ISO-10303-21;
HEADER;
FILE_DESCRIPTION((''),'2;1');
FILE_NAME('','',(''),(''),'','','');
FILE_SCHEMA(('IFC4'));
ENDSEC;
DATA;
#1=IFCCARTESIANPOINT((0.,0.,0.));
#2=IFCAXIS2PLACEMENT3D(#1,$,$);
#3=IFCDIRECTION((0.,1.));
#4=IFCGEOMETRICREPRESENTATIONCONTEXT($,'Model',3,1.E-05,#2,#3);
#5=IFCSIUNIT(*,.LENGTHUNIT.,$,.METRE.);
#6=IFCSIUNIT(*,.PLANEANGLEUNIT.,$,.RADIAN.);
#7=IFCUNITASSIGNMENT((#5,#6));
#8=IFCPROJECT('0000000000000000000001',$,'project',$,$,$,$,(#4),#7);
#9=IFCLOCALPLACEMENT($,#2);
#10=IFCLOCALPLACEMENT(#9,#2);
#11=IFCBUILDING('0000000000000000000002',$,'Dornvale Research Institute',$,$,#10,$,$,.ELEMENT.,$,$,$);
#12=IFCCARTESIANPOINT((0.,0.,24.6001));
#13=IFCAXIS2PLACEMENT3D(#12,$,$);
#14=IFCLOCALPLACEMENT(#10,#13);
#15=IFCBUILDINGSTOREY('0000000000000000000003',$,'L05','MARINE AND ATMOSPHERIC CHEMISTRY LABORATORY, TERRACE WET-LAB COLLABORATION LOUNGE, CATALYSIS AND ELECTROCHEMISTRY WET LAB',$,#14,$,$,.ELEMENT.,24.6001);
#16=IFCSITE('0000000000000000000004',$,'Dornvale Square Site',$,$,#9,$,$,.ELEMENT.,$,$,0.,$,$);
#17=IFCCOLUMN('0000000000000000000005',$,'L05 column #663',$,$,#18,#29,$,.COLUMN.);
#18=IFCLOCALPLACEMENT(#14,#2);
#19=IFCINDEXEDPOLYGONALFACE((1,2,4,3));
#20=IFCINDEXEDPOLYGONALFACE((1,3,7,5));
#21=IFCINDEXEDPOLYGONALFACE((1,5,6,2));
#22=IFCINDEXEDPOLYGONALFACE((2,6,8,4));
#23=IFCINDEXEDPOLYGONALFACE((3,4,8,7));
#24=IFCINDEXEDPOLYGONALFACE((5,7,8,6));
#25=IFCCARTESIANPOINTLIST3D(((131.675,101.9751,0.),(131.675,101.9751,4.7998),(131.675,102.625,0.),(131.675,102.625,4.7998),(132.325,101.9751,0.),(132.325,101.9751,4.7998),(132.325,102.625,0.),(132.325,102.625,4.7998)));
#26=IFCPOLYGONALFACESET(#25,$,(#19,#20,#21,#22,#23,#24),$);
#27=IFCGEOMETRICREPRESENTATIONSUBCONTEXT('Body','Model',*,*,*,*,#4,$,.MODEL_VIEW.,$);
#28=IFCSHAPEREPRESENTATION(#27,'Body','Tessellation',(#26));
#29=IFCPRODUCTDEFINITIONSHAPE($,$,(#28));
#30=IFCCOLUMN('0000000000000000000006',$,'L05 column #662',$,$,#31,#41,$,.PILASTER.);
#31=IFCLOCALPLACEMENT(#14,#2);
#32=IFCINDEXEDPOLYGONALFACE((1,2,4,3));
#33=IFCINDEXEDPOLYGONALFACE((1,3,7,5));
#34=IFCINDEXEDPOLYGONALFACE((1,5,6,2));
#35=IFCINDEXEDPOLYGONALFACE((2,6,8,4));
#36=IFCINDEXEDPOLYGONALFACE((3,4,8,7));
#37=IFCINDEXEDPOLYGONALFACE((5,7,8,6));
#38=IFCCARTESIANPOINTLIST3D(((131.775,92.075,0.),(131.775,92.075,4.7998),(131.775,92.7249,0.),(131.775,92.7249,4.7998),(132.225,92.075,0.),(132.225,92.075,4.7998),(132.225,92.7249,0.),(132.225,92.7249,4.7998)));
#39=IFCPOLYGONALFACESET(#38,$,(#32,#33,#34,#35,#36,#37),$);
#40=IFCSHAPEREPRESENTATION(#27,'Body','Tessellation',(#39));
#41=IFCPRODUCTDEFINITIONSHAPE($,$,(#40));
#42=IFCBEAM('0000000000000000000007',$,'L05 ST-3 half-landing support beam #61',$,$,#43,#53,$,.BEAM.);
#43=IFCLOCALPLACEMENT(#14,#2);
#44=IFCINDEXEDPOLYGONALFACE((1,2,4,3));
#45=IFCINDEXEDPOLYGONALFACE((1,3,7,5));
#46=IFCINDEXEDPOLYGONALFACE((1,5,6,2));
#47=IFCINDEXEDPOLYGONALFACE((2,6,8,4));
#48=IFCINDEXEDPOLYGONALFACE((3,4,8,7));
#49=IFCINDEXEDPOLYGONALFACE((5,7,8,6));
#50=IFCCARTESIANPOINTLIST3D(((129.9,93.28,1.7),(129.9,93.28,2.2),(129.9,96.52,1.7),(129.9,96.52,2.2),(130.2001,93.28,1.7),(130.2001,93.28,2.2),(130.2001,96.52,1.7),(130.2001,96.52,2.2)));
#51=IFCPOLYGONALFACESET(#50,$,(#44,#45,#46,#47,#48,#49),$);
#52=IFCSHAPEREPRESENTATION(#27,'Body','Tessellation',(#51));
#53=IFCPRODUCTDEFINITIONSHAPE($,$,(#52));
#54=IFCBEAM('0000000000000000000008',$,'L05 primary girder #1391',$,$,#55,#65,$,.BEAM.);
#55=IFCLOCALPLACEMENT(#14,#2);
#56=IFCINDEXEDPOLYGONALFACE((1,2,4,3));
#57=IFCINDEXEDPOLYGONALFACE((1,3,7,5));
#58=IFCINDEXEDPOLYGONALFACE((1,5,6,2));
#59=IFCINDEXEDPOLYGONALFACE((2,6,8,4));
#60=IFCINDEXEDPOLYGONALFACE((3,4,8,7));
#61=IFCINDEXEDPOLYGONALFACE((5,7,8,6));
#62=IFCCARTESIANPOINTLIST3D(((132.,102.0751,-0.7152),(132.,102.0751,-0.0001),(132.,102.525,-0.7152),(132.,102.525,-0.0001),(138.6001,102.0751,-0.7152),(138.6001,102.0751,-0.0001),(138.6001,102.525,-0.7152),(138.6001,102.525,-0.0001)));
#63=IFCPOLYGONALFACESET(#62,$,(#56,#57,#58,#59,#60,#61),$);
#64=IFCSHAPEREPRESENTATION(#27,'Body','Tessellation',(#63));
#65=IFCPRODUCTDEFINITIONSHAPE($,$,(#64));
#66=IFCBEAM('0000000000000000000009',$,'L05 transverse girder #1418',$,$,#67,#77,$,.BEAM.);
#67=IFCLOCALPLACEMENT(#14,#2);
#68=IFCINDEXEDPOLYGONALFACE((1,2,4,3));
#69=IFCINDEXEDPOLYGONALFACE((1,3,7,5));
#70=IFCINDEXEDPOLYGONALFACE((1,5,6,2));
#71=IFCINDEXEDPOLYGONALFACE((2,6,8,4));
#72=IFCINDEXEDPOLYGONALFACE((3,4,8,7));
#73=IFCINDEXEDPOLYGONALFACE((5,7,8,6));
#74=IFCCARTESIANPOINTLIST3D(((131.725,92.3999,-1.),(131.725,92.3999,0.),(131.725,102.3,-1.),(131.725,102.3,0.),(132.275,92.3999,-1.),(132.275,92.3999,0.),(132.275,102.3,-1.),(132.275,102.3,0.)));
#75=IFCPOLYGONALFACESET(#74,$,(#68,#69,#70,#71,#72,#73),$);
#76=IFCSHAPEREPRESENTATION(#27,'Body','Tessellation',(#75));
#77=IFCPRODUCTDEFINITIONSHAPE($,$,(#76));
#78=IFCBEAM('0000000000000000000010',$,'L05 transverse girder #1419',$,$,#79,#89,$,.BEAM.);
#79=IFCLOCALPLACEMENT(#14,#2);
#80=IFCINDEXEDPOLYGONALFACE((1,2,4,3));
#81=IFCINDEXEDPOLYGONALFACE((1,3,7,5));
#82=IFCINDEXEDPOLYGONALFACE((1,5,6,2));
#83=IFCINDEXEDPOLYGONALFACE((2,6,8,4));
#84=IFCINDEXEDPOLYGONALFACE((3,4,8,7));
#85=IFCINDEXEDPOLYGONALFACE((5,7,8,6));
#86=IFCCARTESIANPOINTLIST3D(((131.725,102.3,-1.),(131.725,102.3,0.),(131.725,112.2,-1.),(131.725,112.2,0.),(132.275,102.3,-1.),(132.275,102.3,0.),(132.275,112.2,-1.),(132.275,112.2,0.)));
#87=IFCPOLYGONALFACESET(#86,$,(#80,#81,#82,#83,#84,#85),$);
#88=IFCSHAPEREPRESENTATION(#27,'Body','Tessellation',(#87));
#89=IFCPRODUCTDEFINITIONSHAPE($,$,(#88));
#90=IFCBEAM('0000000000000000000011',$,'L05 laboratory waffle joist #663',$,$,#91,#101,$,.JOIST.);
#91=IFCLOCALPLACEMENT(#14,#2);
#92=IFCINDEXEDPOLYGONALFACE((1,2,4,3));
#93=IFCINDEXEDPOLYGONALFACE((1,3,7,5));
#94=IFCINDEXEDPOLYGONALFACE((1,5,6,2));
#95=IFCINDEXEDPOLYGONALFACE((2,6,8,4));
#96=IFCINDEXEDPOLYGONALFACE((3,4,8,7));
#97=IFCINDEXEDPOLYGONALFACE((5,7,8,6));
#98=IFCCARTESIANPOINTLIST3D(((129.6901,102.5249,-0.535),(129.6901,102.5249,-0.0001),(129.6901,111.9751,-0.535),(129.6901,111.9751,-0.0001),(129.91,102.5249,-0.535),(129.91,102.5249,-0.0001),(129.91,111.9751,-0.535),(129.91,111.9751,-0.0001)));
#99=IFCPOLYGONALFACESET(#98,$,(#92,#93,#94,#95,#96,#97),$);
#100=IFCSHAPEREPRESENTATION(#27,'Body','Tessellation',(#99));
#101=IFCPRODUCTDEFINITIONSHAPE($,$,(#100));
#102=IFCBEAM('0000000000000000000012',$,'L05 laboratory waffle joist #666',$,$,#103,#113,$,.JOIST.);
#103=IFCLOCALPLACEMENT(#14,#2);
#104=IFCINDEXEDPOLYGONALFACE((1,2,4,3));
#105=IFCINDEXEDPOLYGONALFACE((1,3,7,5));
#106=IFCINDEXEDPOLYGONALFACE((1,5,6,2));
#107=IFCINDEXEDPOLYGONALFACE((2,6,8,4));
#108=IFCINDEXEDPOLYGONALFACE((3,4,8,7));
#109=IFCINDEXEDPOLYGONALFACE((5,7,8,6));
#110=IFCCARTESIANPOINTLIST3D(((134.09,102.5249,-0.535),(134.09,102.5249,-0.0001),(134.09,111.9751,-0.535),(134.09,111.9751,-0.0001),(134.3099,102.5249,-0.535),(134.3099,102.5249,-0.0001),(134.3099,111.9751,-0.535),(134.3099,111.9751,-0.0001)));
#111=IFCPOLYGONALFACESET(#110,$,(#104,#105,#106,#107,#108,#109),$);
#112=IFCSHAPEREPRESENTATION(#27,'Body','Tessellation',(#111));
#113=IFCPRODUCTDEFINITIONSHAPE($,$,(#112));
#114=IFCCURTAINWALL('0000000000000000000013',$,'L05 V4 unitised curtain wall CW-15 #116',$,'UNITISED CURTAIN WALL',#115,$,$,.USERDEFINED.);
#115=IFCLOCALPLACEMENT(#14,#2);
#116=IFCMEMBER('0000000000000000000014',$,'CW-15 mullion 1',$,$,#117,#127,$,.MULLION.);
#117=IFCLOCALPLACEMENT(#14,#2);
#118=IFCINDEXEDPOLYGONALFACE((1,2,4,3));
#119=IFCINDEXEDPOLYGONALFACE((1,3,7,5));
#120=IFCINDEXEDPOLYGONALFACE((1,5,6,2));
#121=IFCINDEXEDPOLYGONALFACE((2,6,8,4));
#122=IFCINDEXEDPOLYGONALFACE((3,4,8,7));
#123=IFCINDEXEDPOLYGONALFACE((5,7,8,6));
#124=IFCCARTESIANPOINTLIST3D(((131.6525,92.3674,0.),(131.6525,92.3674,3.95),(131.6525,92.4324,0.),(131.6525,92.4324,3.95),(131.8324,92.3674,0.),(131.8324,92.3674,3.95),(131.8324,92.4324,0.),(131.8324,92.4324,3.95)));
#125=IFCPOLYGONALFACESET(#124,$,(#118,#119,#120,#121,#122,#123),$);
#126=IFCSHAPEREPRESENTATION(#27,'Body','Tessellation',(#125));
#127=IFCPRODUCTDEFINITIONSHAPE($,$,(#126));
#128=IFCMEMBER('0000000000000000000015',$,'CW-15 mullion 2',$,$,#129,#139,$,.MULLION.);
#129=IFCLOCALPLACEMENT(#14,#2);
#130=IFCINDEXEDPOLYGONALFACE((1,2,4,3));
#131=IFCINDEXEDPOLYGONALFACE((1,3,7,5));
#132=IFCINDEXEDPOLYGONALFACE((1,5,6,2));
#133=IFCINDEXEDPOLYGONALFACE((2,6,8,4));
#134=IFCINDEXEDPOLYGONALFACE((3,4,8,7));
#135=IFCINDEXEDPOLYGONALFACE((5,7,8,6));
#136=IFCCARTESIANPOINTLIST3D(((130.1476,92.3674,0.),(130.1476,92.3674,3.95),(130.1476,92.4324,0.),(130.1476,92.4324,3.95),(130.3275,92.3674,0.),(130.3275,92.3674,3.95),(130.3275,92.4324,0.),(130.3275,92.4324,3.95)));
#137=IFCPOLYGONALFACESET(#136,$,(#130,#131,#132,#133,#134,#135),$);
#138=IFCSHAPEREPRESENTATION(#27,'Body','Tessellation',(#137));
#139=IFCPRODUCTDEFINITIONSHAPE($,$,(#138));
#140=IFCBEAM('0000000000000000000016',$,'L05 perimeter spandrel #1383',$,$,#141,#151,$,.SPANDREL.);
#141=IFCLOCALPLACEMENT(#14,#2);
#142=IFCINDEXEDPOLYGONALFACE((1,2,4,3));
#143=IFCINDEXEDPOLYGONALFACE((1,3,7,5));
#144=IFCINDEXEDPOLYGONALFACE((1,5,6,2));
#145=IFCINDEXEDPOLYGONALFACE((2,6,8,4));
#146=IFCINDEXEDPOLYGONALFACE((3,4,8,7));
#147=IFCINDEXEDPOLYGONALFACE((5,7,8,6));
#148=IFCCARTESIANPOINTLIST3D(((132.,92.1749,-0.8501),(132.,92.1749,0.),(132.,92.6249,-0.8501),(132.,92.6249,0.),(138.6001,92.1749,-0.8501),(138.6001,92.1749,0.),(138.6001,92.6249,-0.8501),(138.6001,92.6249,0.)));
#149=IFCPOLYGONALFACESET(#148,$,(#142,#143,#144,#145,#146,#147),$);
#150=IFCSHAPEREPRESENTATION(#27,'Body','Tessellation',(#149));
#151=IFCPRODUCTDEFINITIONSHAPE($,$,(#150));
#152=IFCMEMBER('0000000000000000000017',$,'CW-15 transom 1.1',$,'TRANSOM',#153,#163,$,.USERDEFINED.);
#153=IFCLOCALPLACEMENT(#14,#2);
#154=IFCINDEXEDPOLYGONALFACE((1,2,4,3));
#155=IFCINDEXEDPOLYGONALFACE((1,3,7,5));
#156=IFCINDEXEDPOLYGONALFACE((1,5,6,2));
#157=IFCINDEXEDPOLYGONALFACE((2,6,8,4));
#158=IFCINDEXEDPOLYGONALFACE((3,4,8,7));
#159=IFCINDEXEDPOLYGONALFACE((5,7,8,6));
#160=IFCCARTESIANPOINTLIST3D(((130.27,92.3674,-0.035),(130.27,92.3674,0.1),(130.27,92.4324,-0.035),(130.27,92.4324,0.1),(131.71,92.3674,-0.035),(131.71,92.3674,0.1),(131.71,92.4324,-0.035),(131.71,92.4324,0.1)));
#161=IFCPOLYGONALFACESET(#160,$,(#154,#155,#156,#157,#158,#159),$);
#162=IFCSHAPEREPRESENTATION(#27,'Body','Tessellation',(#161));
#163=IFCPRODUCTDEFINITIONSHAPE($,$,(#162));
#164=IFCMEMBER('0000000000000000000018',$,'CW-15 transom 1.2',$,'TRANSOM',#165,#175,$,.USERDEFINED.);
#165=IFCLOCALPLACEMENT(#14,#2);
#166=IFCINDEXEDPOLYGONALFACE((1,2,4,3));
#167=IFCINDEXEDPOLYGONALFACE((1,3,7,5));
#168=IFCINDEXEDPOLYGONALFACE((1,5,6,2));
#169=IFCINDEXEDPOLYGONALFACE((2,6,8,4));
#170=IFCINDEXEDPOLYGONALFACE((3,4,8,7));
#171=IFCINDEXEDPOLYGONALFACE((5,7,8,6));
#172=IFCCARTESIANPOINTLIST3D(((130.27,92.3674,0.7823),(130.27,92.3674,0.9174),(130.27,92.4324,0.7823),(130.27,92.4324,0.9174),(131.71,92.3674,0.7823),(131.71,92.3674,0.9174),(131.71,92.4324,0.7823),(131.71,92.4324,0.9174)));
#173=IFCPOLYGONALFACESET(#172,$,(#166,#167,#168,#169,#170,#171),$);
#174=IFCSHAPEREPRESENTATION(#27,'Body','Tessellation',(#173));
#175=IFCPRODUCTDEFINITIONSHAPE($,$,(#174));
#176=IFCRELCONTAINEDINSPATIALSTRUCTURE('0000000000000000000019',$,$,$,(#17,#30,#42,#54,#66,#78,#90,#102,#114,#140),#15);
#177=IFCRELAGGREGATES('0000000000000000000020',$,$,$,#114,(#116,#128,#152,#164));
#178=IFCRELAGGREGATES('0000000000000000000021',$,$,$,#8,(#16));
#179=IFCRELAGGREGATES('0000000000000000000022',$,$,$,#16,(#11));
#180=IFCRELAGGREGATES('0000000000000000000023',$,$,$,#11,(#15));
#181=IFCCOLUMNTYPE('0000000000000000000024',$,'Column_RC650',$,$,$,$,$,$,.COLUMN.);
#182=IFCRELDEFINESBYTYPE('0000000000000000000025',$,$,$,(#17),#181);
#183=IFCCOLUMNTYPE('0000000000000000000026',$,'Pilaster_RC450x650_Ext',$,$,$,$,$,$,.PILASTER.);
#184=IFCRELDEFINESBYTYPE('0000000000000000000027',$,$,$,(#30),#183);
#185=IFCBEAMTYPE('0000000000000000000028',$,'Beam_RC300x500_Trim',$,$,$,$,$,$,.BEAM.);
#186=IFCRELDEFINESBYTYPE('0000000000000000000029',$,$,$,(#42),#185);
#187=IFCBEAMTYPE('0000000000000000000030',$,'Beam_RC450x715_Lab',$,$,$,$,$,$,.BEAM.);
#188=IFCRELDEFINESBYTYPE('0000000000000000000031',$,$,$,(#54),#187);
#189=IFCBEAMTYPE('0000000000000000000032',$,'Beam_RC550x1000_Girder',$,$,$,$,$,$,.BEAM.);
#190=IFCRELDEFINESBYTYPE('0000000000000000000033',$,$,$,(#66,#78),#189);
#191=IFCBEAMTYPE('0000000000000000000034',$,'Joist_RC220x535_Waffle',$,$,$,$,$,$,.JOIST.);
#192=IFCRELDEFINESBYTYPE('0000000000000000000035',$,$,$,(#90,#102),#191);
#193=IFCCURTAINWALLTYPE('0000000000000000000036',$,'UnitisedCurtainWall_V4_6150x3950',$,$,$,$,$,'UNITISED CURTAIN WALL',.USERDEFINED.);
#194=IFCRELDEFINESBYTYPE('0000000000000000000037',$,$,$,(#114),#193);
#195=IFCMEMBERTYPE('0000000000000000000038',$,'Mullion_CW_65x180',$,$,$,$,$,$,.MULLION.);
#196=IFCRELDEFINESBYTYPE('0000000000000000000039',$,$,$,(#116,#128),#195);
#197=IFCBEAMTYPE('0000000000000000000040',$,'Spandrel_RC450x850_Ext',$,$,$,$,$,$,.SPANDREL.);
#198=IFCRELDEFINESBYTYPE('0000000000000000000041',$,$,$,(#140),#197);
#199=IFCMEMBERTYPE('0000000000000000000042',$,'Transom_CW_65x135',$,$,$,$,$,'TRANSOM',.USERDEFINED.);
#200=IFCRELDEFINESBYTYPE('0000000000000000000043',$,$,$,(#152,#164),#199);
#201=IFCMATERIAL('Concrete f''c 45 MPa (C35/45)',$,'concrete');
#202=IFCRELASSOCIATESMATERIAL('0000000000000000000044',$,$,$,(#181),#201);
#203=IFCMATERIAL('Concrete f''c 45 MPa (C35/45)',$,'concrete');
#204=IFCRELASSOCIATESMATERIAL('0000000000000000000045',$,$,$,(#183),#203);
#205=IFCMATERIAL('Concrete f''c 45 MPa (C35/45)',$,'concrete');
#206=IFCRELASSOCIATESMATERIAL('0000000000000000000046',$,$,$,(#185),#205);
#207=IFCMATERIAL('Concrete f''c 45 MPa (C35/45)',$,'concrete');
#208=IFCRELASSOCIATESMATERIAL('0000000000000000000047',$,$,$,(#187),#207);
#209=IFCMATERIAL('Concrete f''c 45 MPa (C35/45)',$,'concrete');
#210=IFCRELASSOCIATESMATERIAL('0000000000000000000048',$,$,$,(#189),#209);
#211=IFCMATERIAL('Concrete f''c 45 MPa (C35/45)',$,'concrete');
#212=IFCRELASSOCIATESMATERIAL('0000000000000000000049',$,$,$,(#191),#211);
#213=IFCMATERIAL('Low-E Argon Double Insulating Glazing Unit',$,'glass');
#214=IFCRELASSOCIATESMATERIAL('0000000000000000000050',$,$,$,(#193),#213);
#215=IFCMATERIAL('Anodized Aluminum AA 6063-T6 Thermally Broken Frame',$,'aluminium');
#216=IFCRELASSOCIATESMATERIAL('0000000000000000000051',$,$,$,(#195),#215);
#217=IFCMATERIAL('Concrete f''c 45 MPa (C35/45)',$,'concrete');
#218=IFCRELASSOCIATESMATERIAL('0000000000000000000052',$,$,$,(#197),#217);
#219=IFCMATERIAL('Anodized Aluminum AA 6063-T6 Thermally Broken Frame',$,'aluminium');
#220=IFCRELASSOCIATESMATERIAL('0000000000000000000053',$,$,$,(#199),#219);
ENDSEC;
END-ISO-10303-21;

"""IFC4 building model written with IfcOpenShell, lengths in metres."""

from ifc_helpers import new_model, si_unit, direction, frame, origin, origin_2d, place, context, subcontext, project, spatial, rectangle, extrude, material, material_profile, profile_set, type_object, element, aggregate, save


model = new_model("IFC4")

# Units and contexts
model_context = context("Model", 3, precision=1e-05, world=origin(), true_north=direction((0.0, 1.0)))
body_context = subcontext(model_context, "Body", "Model", "MODEL_VIEW")
ifc_project = project(units=[si_unit("LENGTHUNIT", "METRE"), si_unit("PLANEANGLEUNIT", "RADIAN")], contexts=[model_context])

# Site, building, storey
site_placement = place(None, origin())
site = spatial("IfcSite", under=ifc_project, at=site_placement, Name="Dornvale Square Site", CompositionType="ELEMENT", RefElevation=0.0)
building_placement = place(site_placement, origin())
building = spatial("IfcBuilding", under=site, at=building_placement, Name="Dornvale Research Institute", CompositionType="ELEMENT")
storey_placement = place(building_placement, frame((0.0, 0.0, 24.6001)))
storey = spatial("IfcBuildingStorey", under=building, at=storey_placement, Name="L05", Description="MARINE AND ATMOSPHERIC CHEMISTRY LABORATORY, TERRACE WET-LAB COLLABORATION LOUNGE, CATALYSIS AND ELECTROCHEMISTRY WET LAB", CompositionType="ELEMENT", Elevation=24.6001)

# Columns
ifc_material_1 = material(Name="Concrete f'c 45 MPa (C35/45)", Category="concrete")
ifc_material_profile_1 = material_profile(ifc_material_1, rectangle(XDim=0.6499, YDim=0.6499, at=origin_2d()), Name="RC 650x650")
ifc_profile_set_1 = profile_set([ifc_material_profile_1], Name="Concrete f'c 45 MPa (C35/45)")
column_type_1 = type_object("IfcColumnType", Name="Column_RC650", PredefinedType="COLUMN", material=ifc_profile_set_1)
column_1_placement = place(storey_placement, frame((132.0, 102.3, 0.0), z_axis=(0.0, 0.0, 1.0), x_axis=(1.0, 0.0, 0.0)))
element("IfcColumn", 1, at=column_1_placement, inside=storey, type_object=column_type_1, Name="L05 column #663", PredefinedType="COLUMN", context=body_context, shape_type="SweptSolid", body=[
    extrude(rectangle(XDim=0.6499, YDim=0.6499, at=origin_2d()), origin(), (0.0, 0.0, 1.0), 4.7998),
])
ifc_material_2 = material(Name="Concrete f'c 45 MPa (C35/45)", Category="concrete")
ifc_material_profile_2 = material_profile(ifc_material_2, rectangle(XDim=0.45, YDim=0.6499, at=origin_2d()), Name="RC 450x650")
ifc_profile_set_2 = profile_set([ifc_material_profile_2], Name="Concrete f'c 45 MPa (C35/45)")
column_type_2 = type_object("IfcColumnType", Name="Pilaster_RC450x650_Ext", PredefinedType="PILASTER", material=ifc_profile_set_2)
column_2_placement = place(storey_placement, frame((132.0, 92.3999, 0.0), z_axis=(0.0, 0.0, 1.0), x_axis=(1.0, 0.0, 0.0)))
element("IfcColumn", 2, at=column_2_placement, inside=storey, type_object=column_type_2, Name="L05 column #662", PredefinedType="PILASTER", context=body_context, shape_type="SweptSolid", body=[
    extrude(rectangle(XDim=0.45, YDim=0.6499, at=origin_2d()), origin(), (0.0, 0.0, 1.0), 4.7998),
])

# Beams
ifc_material_3 = material(Name="Concrete f'c 45 MPa (C35/45)", Category="concrete")
ifc_material_profile_3 = material_profile(ifc_material_3, rectangle(XDim=0.3, YDim=0.5, at=origin_2d()), Name="RC 300x500")
ifc_profile_set_3 = profile_set([ifc_material_profile_3], Name="Concrete f'c 45 MPa (C35/45)")
beam_type_1 = type_object("IfcBeamType", Name="Beam_RC300x500_Trim", PredefinedType="BEAM", material=ifc_profile_set_3)
beam_1_placement = place(storey_placement, frame((130.05, 93.28, 1.95), z_axis=(0.0, 1.0, 0.0), x_axis=(-1.0, 0.0, 0.0)))
element("IfcBeam", 3, at=beam_1_placement, inside=storey, type_object=beam_type_1, Name="L05 ST-3 half-landing support beam #61", PredefinedType="BEAM", context=body_context, shape_type="SweptSolid", body=[
    extrude(rectangle(XDim=0.3, YDim=0.5, at=origin_2d()), origin(), (0.0, 0.0, 1.0), 3.24),
])
ifc_material_4 = material(Name="Concrete f'c 45 MPa (C35/45)", Category="concrete")
ifc_material_profile_4 = material_profile(ifc_material_4, rectangle(XDim=0.45, YDim=0.7151, at=origin_2d()), Name="RC 450x715")
ifc_profile_set_4 = profile_set([ifc_material_profile_4], Name="Concrete f'c 45 MPa (C35/45)")
beam_type_2 = type_object("IfcBeamType", Name="Beam_RC450x715_Lab", PredefinedType="BEAM", material=ifc_profile_set_4)
beam_2_placement = place(storey_placement, frame((132.0, 102.3, -0.3577), z_axis=(1.0, 0.0, 0.0), x_axis=(0.0, 1.0, 0.0)))
element("IfcBeam", 4, at=beam_2_placement, inside=storey, type_object=beam_type_2, Name="L05 primary girder #1391", PredefinedType="BEAM", context=body_context, shape_type="SweptSolid", body=[
    extrude(rectangle(XDim=0.45, YDim=0.7151, at=origin_2d()), origin(), (0.0, 0.0, 1.0), 6.6001),
])
ifc_material_5 = material(Name="Concrete f'c 45 MPa (C35/45)", Category="concrete")
ifc_material_profile_5 = material_profile(ifc_material_5, rectangle(XDim=0.55, YDim=1.0, at=origin_2d()), Name="RC 550x1000")
ifc_profile_set_5 = profile_set([ifc_material_profile_5], Name="Concrete f'c 45 MPa (C35/45)")
beam_type_3 = type_object("IfcBeamType", Name="Beam_RC550x1000_Girder", PredefinedType="BEAM", material=ifc_profile_set_5)
beam_3_placement = place(storey_placement, frame((132.0, 92.3999, -0.5), z_axis=(0.0, 1.0, 0.0), x_axis=(-1.0, 0.0, 0.0)))
element("IfcBeam", 5, at=beam_3_placement, inside=storey, type_object=beam_type_3, Name="L05 transverse girder #1418", PredefinedType="BEAM", context=body_context, shape_type="SweptSolid", body=[
    extrude(rectangle(XDim=0.55, YDim=1.0, at=origin_2d()), origin(), (0.0, 0.0, 1.0), 9.9001),
])
beam_4_placement = place(storey_placement, frame((132.0, 102.3, -0.5), z_axis=(0.0, 1.0, 0.0), x_axis=(-1.0, 0.0, 0.0)))
element("IfcBeam", 6, at=beam_4_placement, inside=storey, type_object=beam_type_3, Name="L05 transverse girder #1419", PredefinedType="BEAM", context=body_context, shape_type="SweptSolid", body=[
    extrude(rectangle(XDim=0.55, YDim=1.0, at=origin_2d()), origin(), (0.0, 0.0, 1.0), 9.8999),
])
ifc_material_6 = material(Name="Concrete f'c 45 MPa (C35/45)", Category="concrete")
ifc_material_profile_6 = material_profile(ifc_material_6, rectangle(XDim=0.22, YDim=0.5349, at=origin_2d()), Name="RC 220x535")
ifc_profile_set_6 = profile_set([ifc_material_profile_6], Name="Concrete f'c 45 MPa (C35/45)")
beam_type_4 = type_object("IfcBeamType", Name="Joist_RC220x535_Waffle", PredefinedType="JOIST", material=ifc_profile_set_6)
for number, where, z_axis, x_axis, name in (
    (7, (129.8, 102.5249, -0.2676), (0.0, 1.0, 0.0), (-1.0, 0.0, 0.0), "L05 laboratory waffle joist #663"),
    (8, (134.2, 102.5249, -0.2676), (0.0, 1.0, 0.0), (-1.0, 0.0, 0.0), "L05 laboratory waffle joist #666"),
):
    element("IfcBeam", number, at=place(storey_placement, frame(where, z_axis=z_axis, x_axis=x_axis)), inside=storey, type_object=beam_type_4, Name=name, PredefinedType="JOIST", context=body_context, shape_type="SweptSolid", body=[
        extrude(rectangle(XDim=0.22, YDim=0.5349, at=origin_2d()), origin(), (0.0, 0.0, 1.0), 9.4502),
    ])

# Curtain wall, members
ifc_material_7 = material(Name="Low-E Argon Double Insulating Glazing Unit", Category="glass")
curtain_wall_type = type_object("IfcCurtainWallType", Name="UnitisedCurtainWall_V4_6150x3950", ElementType="UNITISED CURTAIN WALL", PredefinedType="USERDEFINED", material=ifc_material_7)
curtain_wall_placement = place(storey_placement, origin())
curtain_wall = element("IfcCurtainWall", 9, at=curtain_wall_placement, inside=storey, type_object=curtain_wall_type, Name="L05 V4 unitised curtain wall CW-15 #116", ObjectType="UNITISED CURTAIN WALL", PredefinedType="USERDEFINED")
ifc_material_8 = material(Name="Anodized Aluminum AA 6063-T6 Thermally Broken Frame", Category="aluminium")
ifc_material_profile_7 = material_profile(ifc_material_8, rectangle(XDim=0.0649, YDim=0.1799, at=origin_2d()), Name="ALU MULLION 65x180")
ifc_profile_set_7 = profile_set([ifc_material_profile_7], Name="Anodized Aluminum AA 6063-T6 Thermally Broken Frame")
member_type_1 = type_object("IfcMemberType", Name="Mullion_CW_65x180", PredefinedType="MULLION", material=ifc_profile_set_7)
member_1_placement = place(storey_placement, frame((131.7424, 92.3999, 0.0), z_axis=(0.0, 0.0, 1.0), x_axis=(0.0, -1.0, 0.0)))
member_1 = element("IfcMember", 10, at=member_1_placement, type_object=member_type_1, Name="CW-15 mullion 1", PredefinedType="MULLION", context=body_context, shape_type="SweptSolid", body=[
    extrude(rectangle(XDim=0.0649, YDim=0.1799, at=origin_2d()), origin(), (0.0, 0.0, 1.0), 3.95),
])
member_2_placement = place(storey_placement, frame((130.2375, 92.3999, 0.0), z_axis=(0.0, 0.0, 1.0), x_axis=(0.0, -1.0, 0.0)))
member_2 = element("IfcMember", 11, at=member_2_placement, type_object=member_type_1, Name="CW-15 mullion 2", PredefinedType="MULLION", context=body_context, shape_type="SweptSolid", body=[
    extrude(rectangle(XDim=0.0649, YDim=0.1799, at=origin_2d()), origin(), (0.0, 0.0, 1.0), 3.95),
])

# Beam
ifc_material_9 = material(Name="Concrete f'c 45 MPa (C35/45)", Category="concrete")
ifc_material_profile_8 = material_profile(ifc_material_9, rectangle(XDim=0.45, YDim=0.8501, at=origin_2d()), Name="RC 450x850")
ifc_profile_set_8 = profile_set([ifc_material_profile_8], Name="Concrete f'c 45 MPa (C35/45)")
beam_type_5 = type_object("IfcBeamType", Name="Spandrel_RC450x850_Ext", PredefinedType="SPANDREL", material=ifc_profile_set_8)
beam_5_placement = place(storey_placement, frame((132.0, 92.3999, -0.425), z_axis=(1.0, 0.0, 0.0), x_axis=(0.0, 1.0, 0.0)))
element("IfcBeam", 12, at=beam_5_placement, inside=storey, type_object=beam_type_5, Name="L05 perimeter spandrel #1383", PredefinedType="SPANDREL", context=body_context, shape_type="SweptSolid", body=[
    extrude(rectangle(XDim=0.45, YDim=0.8501, at=origin_2d()), origin(), (0.0, 0.0, 1.0), 6.6001),
])

# Members
ifc_material_10 = material(Name="Anodized Aluminum AA 6063-T6 Thermally Broken Frame", Category="aluminium")
ifc_material_profile_9 = material_profile(ifc_material_10, rectangle(XDim=0.0649, YDim=0.135, at=origin_2d()), Name="ALU TRANSOM 65x135")
ifc_profile_set_9 = profile_set([ifc_material_profile_9], Name="Anodized Aluminum AA 6063-T6 Thermally Broken Frame")
member_type_2 = type_object("IfcMemberType", Name="Transom_CW_65x135", ElementType="TRANSOM", PredefinedType="USERDEFINED", material=ifc_profile_set_9)
member_3_placement = place(storey_placement, frame((131.71, 92.3999, 0.0325), z_axis=(-1.0, 0.0, 0.0), x_axis=(0.0, -1.0, 0.0)))
member_3 = element("IfcMember", 13, at=member_3_placement, type_object=member_type_2, Name="CW-15 transom 1.1", ObjectType="TRANSOM", PredefinedType="USERDEFINED", context=body_context, shape_type="SweptSolid", body=[
    extrude(rectangle(XDim=0.0649, YDim=0.135, at=origin_2d()), origin(), (0.0, 0.0, 1.0), 1.4399),
])
member_4_placement = place(storey_placement, frame((131.71, 92.3999, 0.8499), z_axis=(-1.0, 0.0, 0.0), x_axis=(0.0, -1.0, 0.0)))
member_4 = element("IfcMember", 14, at=member_4_placement, type_object=member_type_2, Name="CW-15 transom 1.2", ObjectType="TRANSOM", PredefinedType="USERDEFINED", context=body_context, shape_type="SweptSolid", body=[
    extrude(rectangle(XDim=0.0649, YDim=0.135, at=origin_2d()), origin(), (0.0, 0.0, 1.0), 1.4399),
])

aggregate(curtain_wall, [member_1, member_2, member_3, member_4])

save(model, "model.ifc")
